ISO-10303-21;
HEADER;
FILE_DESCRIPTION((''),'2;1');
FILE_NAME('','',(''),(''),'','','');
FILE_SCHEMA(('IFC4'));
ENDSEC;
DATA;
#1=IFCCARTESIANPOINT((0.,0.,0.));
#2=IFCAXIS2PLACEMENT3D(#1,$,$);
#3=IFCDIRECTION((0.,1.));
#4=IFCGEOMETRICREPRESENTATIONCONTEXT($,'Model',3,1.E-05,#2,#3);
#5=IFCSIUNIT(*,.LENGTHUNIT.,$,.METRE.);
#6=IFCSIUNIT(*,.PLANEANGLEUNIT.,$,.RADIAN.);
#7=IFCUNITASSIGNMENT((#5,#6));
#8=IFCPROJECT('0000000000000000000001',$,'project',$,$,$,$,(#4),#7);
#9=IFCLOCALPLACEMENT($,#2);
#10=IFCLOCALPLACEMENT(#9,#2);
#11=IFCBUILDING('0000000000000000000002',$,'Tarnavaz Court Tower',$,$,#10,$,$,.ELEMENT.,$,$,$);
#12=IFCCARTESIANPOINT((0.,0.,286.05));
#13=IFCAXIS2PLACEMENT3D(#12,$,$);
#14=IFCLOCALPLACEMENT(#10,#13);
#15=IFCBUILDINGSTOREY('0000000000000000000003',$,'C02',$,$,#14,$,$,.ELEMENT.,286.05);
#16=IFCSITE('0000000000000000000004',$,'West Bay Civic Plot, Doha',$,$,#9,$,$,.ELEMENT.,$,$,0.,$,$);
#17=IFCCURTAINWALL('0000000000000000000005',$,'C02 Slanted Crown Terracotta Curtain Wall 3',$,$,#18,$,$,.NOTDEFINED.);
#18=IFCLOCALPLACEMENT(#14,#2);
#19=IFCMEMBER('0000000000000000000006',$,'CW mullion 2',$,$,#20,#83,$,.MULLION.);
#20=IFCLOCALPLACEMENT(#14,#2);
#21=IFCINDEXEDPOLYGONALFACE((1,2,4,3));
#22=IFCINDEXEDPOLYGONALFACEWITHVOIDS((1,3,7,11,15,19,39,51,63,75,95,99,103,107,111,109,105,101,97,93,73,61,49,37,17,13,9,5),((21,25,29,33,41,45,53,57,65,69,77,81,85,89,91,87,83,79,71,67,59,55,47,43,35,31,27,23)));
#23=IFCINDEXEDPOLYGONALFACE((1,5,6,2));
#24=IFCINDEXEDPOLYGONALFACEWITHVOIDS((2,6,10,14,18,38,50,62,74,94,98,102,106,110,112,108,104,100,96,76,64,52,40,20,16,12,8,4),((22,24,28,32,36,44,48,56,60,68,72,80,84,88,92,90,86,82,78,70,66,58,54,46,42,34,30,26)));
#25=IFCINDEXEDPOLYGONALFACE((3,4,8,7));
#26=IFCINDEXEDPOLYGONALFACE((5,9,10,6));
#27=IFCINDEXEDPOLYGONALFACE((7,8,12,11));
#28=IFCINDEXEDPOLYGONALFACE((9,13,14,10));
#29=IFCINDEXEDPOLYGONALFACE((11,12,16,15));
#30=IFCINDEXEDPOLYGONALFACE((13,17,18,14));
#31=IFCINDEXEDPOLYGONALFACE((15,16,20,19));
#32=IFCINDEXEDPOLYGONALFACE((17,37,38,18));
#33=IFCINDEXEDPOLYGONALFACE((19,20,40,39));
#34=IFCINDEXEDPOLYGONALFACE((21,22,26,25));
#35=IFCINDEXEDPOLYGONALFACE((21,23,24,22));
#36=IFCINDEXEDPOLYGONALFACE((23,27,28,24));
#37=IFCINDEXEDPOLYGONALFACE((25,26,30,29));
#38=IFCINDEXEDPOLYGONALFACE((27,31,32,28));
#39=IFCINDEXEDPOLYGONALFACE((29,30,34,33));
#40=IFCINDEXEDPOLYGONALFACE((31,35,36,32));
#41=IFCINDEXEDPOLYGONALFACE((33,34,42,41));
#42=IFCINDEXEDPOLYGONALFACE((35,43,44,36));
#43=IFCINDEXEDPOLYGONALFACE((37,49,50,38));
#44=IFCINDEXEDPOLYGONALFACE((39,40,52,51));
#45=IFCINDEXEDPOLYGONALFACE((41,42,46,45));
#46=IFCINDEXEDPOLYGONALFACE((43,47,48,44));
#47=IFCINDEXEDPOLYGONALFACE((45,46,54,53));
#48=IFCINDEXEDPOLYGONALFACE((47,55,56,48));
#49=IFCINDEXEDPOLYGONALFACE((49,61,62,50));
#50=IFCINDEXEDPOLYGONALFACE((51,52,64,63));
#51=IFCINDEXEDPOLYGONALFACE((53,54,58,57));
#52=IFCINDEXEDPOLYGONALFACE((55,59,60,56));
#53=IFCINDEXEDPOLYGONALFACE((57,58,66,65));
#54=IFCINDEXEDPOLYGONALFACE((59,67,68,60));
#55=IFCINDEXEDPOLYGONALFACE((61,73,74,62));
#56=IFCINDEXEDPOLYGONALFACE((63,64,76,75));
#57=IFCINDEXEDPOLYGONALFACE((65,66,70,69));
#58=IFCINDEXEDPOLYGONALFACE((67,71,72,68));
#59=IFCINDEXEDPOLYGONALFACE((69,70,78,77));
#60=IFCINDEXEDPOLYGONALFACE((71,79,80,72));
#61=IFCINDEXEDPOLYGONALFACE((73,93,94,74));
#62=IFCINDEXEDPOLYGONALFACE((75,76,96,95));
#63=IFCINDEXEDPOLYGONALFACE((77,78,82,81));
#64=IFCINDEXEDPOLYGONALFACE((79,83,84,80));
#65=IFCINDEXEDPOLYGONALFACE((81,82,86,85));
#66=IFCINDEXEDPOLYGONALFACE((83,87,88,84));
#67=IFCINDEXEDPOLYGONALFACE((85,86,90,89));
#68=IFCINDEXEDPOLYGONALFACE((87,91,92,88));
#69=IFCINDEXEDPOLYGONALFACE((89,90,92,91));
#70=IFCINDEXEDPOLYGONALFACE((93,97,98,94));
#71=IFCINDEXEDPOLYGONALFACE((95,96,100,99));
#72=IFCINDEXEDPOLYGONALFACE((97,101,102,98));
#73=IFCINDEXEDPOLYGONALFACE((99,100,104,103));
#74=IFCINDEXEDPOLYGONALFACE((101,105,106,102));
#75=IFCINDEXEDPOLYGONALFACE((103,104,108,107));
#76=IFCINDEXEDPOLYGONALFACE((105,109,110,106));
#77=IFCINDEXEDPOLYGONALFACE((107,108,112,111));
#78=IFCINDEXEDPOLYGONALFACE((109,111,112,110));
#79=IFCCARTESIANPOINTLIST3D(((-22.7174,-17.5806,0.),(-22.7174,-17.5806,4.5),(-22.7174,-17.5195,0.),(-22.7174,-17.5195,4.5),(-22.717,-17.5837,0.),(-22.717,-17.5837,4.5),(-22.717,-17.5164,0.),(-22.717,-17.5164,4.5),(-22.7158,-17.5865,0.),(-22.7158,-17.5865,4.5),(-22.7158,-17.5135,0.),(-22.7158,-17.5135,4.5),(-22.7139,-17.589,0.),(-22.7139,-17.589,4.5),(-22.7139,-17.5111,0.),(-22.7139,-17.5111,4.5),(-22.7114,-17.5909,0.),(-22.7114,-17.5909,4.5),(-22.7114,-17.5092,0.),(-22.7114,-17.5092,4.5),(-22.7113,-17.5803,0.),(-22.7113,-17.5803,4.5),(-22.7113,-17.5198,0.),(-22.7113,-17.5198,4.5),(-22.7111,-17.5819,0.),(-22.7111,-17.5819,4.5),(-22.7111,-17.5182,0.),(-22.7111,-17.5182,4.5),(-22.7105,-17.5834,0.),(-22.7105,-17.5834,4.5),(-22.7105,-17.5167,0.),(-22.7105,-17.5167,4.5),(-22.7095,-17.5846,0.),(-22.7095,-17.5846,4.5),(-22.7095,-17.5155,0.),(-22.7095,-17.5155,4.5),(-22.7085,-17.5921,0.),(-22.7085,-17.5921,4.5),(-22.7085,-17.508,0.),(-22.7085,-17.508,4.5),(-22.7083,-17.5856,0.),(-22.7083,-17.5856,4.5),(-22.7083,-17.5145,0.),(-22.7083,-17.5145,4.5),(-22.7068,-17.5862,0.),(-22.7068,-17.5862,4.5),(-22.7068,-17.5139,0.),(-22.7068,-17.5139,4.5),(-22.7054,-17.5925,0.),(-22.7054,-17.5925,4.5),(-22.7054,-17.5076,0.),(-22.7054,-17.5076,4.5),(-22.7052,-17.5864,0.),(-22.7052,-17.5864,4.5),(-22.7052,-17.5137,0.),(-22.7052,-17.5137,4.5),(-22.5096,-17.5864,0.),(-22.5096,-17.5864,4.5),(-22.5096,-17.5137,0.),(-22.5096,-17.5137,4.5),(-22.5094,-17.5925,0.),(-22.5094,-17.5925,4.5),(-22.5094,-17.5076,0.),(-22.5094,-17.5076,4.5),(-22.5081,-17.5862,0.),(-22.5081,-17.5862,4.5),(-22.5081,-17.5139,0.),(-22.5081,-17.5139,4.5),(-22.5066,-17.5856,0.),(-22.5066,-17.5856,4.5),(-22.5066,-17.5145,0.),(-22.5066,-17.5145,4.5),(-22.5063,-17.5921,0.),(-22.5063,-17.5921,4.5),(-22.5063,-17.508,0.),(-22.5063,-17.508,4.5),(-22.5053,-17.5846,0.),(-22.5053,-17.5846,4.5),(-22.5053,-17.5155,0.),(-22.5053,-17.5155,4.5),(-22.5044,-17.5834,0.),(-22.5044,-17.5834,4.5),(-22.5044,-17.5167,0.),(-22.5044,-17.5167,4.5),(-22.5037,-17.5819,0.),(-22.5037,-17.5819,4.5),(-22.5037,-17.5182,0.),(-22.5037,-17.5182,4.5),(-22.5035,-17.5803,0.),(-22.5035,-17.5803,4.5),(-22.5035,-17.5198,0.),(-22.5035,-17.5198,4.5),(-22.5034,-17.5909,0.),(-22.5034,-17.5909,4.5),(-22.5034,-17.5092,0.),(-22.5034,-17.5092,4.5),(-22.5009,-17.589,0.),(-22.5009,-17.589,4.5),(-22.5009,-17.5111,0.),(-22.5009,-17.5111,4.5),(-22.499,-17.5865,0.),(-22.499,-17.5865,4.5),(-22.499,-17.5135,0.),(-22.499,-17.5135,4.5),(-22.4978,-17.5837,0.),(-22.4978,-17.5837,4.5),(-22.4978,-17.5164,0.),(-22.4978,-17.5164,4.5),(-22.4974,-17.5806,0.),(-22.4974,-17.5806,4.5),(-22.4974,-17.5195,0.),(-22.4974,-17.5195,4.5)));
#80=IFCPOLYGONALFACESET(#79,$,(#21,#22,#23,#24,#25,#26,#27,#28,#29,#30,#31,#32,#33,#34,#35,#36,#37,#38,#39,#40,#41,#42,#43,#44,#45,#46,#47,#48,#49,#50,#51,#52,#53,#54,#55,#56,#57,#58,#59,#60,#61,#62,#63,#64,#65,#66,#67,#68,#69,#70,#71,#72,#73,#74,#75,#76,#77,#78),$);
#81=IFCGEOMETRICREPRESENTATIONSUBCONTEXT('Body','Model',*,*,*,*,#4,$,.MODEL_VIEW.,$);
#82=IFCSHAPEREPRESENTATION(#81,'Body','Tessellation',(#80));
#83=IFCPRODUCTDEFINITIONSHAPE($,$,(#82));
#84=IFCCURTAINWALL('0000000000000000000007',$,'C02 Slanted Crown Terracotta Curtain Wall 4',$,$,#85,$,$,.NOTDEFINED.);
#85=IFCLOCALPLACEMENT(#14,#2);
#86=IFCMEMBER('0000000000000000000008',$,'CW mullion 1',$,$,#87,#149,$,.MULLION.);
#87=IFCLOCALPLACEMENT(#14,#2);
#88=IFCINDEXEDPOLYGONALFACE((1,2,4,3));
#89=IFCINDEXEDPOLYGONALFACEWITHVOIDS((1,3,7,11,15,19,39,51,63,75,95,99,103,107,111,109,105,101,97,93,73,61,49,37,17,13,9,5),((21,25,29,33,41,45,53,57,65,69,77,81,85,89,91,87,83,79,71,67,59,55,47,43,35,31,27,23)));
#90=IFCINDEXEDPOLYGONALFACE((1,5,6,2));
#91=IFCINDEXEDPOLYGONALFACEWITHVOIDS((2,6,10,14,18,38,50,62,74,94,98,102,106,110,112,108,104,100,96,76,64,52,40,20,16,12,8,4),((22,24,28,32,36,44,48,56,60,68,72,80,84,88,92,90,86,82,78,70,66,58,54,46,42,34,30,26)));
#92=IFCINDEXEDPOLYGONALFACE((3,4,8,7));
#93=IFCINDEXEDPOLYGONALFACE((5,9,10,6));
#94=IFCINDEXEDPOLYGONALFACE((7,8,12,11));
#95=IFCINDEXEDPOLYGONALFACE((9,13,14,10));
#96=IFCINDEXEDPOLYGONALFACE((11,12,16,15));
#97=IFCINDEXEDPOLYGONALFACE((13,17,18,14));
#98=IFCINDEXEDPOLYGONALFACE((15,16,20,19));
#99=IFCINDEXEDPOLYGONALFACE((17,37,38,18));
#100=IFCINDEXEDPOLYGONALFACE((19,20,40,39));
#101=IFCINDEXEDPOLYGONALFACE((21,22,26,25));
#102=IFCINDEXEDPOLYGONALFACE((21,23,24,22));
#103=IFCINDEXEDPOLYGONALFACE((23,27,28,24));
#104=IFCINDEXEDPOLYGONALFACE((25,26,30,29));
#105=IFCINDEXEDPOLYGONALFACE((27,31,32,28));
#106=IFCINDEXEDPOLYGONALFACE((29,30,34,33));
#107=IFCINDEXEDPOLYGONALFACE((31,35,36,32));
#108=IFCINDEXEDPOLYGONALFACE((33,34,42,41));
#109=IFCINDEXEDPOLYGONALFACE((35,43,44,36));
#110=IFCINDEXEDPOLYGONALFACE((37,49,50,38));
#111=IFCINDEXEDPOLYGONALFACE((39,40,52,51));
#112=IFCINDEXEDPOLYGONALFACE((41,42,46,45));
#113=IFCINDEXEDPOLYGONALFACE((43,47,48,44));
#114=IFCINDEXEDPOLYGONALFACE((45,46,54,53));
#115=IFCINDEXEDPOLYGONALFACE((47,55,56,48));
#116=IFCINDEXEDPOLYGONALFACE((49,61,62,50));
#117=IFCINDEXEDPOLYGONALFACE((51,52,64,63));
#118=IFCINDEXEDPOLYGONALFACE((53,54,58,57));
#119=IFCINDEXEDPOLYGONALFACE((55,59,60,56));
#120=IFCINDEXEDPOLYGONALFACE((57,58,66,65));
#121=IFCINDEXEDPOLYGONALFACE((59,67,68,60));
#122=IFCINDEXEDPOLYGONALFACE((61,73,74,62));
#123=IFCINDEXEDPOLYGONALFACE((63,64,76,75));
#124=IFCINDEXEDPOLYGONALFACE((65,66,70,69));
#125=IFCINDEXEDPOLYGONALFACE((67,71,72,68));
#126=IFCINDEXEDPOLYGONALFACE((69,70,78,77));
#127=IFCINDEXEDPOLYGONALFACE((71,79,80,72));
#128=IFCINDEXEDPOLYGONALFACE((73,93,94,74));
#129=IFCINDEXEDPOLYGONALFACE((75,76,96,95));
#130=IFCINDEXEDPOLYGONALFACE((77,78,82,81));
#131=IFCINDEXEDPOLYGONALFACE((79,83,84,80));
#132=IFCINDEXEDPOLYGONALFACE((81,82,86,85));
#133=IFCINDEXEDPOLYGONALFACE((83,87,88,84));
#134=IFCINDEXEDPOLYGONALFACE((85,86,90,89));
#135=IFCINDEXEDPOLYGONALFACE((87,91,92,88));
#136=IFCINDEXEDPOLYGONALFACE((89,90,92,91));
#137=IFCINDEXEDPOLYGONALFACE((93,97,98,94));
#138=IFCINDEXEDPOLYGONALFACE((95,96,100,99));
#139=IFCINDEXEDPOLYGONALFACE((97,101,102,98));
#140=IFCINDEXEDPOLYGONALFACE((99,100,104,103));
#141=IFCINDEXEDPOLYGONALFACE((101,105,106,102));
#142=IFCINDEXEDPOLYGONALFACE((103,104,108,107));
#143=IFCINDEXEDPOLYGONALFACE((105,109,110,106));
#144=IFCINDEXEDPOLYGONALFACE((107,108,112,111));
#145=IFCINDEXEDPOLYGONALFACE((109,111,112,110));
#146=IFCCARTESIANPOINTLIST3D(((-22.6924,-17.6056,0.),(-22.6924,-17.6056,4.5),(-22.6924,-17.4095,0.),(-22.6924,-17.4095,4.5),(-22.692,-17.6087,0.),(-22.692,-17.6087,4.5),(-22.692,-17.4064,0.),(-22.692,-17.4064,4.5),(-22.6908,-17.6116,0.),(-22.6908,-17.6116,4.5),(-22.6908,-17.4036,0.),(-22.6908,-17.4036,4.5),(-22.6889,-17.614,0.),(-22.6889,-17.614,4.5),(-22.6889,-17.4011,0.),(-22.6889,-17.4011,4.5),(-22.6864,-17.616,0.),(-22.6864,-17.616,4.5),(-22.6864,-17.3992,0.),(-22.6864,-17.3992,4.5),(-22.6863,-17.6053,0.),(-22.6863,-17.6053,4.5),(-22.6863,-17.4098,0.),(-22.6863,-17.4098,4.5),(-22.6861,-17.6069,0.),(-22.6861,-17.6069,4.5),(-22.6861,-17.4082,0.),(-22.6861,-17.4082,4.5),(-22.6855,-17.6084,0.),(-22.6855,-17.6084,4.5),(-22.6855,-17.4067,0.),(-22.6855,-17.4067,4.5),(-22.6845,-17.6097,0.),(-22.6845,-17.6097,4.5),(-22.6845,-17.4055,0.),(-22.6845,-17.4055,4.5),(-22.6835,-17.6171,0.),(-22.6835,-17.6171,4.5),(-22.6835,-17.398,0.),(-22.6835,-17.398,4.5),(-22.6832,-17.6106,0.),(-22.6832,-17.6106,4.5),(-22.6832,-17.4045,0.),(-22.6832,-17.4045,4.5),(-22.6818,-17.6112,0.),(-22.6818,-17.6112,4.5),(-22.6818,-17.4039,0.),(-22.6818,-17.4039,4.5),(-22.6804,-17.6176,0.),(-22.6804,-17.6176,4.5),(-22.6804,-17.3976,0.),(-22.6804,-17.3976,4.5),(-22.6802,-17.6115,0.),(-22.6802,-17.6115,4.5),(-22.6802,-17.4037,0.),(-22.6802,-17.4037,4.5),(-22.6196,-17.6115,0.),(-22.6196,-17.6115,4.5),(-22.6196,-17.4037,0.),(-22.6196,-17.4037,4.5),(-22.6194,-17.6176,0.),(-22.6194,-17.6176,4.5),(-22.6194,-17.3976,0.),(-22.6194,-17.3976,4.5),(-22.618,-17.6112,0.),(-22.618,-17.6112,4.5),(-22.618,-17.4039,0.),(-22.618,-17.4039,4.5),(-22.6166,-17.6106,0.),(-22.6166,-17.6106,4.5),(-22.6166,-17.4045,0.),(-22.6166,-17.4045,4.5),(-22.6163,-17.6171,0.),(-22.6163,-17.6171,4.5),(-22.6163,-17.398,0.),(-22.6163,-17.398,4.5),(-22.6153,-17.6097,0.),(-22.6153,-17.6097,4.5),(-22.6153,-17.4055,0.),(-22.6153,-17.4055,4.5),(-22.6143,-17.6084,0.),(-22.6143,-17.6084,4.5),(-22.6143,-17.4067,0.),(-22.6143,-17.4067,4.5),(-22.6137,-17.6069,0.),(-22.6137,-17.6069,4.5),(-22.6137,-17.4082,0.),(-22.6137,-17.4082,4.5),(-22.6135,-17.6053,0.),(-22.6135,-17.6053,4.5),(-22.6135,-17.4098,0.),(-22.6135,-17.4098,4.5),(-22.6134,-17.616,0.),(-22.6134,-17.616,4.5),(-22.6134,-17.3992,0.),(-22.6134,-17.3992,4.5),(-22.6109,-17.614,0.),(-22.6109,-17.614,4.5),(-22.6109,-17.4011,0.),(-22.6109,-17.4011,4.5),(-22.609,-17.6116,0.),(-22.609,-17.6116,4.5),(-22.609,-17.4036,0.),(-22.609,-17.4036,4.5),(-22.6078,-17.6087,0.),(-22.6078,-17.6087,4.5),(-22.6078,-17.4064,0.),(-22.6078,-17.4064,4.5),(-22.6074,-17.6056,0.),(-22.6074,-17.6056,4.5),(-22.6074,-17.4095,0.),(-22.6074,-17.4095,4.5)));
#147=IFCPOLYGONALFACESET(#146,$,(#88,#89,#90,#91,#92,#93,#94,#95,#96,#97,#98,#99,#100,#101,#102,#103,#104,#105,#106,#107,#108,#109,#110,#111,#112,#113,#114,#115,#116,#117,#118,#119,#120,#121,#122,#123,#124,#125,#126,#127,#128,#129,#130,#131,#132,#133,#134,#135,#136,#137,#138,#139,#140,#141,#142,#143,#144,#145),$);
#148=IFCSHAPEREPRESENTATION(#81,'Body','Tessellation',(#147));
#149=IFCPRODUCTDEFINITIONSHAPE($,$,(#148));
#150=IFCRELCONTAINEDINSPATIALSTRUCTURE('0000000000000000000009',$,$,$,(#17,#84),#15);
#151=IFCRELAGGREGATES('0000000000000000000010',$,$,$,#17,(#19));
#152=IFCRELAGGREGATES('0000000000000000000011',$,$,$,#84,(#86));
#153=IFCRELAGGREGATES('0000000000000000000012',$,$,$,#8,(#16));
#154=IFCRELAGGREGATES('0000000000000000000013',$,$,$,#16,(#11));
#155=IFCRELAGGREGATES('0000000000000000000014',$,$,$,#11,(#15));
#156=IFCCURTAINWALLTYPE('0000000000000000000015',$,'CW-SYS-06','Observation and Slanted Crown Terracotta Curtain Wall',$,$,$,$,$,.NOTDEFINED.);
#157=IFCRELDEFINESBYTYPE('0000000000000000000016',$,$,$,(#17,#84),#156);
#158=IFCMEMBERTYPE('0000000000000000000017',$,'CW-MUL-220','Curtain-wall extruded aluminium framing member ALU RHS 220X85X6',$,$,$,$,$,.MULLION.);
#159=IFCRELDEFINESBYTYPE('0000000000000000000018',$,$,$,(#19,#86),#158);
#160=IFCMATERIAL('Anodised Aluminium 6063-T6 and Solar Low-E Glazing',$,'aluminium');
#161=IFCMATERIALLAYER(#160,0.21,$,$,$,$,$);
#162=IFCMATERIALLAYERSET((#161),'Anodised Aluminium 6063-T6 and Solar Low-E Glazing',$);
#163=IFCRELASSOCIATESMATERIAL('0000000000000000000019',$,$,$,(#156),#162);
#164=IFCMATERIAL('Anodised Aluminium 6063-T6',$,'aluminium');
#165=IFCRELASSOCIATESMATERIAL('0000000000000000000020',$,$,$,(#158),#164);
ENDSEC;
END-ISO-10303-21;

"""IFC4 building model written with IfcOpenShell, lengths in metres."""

from ifc_helpers import new_model, si_unit, direction, frame, origin, origin_2d, place, context, subcontext, project, spatial, hollow_rectangle, extrude, material, layer, layer_set, material_profile, profile_set, type_object, element, aggregate, save


model = new_model("IFC4")

# Units and contexts
model_context = context("Model", 3, precision=1e-05, world=origin(), true_north=direction((0.0, 1.0)))
body_context = subcontext(model_context, "Body", "Model", "MODEL_VIEW")
ifc_project = project(units=[si_unit("LENGTHUNIT", "METRE"), si_unit("PLANEANGLEUNIT", "RADIAN")], contexts=[model_context])

# Site, building, storey
site_placement = place(None, origin())
site = spatial("IfcSite", under=ifc_project, at=site_placement, Name="West Bay Civic Plot, Doha", CompositionType="ELEMENT", RefElevation=0.0)
building_placement = place(site_placement, origin())
building = spatial("IfcBuilding", under=site, at=building_placement, Name="Tarnavaz Court Tower", CompositionType="ELEMENT")
storey_placement = place(building_placement, frame((0.0, 0.0, 286.05)))
storey = spatial("IfcBuildingStorey", under=building, at=storey_placement, Name="C02", CompositionType="ELEMENT", Elevation=286.05)

# Curtain walls, members
ifc_material_1 = material(Name="Anodised Aluminium 6063-T6 and Solar Low-E Glazing", Category="aluminium")
ifc_layer_1 = layer(ifc_material_1, 0.21)
ifc_layer_set_1 = layer_set([ifc_layer_1], Name="Anodised Aluminium 6063-T6 and Solar Low-E Glazing")
curtain_wall_type = type_object("IfcCurtainWallType", Name="CW-SYS-06", Description="Observation and Slanted Crown Terracotta Curtain Wall", PredefinedType="NOTDEFINED", material=ifc_layer_set_1)
ifc_material_2 = material(Name="Anodised Aluminium 6063-T6", Category="aluminium")
ifc_material_profile_1 = material_profile(ifc_material_2, hollow_rectangle(XDim=0.085, YDim=0.22, WallThickness=0.0061, InnerFilletRadius=0.0061, OuterFilletRadius=0.012, at=origin_2d()), Name="ALU RHS 220X85X6")
ifc_profile_set_1 = profile_set([ifc_material_profile_1], Name="Anodised Aluminium 6063-T6")
member_type_1 = type_object("IfcMemberType", Name="CW-MUL-220", Description="Curtain-wall extruded aluminium framing member ALU RHS 220X85X6", PredefinedType="MULLION", material=ifc_profile_set_1)
curtain_wall_1_placement = place(storey_placement, origin())
curtain_wall_1 = element("IfcCurtainWall", 1, at=curtain_wall_1_placement, inside=storey, type_object=curtain_wall_type, Name="C02 Slanted Crown Terracotta Curtain Wall 3", PredefinedType="NOTDEFINED")
member_1_placement = place(storey_placement, frame((-22.6074, -17.55, 0.0), z_axis=(0.0, 0.0, 1.0), x_axis=(0.0, -1.0, 0.0)))
member_1 = element("IfcMember", 2, at=member_1_placement, type_object=member_type_1, Name="CW mullion 2", PredefinedType="MULLION", context=body_context, shape_type="SweptSolid", body=[
    extrude(hollow_rectangle(XDim=0.085, YDim=0.22, WallThickness=0.0061, InnerFilletRadius=0.0061, OuterFilletRadius=0.012, at=origin_2d()), origin(), (0.0, 0.0, 1.0), 4.5),
])
curtain_wall_2_placement = place(storey_placement, origin())
curtain_wall_2 = element("IfcCurtainWall", 3, at=curtain_wall_2_placement, inside=storey, type_object=curtain_wall_type, Name="C02 Slanted Crown Terracotta Curtain Wall 4", PredefinedType="NOTDEFINED")
member_2_placement = place(storey_placement, frame((-22.6499, -17.5076, 0.0), z_axis=(0.0, 0.0, 1.0), x_axis=(-1.0, 0.0, 0.0)))
member_2 = element("IfcMember", 4, at=member_2_placement, type_object=member_type_1, Name="CW mullion 1", PredefinedType="MULLION", context=body_context, shape_type="SweptSolid", body=[
    extrude(hollow_rectangle(XDim=0.085, YDim=0.22, WallThickness=0.0061, InnerFilletRadius=0.0061, OuterFilletRadius=0.012, at=origin_2d()), origin(), (0.0, 0.0, 1.0), 4.5),
])

aggregate(curtain_wall_1, [member_1])
aggregate(curtain_wall_2, [member_2])

save(model, "model.ifc")
